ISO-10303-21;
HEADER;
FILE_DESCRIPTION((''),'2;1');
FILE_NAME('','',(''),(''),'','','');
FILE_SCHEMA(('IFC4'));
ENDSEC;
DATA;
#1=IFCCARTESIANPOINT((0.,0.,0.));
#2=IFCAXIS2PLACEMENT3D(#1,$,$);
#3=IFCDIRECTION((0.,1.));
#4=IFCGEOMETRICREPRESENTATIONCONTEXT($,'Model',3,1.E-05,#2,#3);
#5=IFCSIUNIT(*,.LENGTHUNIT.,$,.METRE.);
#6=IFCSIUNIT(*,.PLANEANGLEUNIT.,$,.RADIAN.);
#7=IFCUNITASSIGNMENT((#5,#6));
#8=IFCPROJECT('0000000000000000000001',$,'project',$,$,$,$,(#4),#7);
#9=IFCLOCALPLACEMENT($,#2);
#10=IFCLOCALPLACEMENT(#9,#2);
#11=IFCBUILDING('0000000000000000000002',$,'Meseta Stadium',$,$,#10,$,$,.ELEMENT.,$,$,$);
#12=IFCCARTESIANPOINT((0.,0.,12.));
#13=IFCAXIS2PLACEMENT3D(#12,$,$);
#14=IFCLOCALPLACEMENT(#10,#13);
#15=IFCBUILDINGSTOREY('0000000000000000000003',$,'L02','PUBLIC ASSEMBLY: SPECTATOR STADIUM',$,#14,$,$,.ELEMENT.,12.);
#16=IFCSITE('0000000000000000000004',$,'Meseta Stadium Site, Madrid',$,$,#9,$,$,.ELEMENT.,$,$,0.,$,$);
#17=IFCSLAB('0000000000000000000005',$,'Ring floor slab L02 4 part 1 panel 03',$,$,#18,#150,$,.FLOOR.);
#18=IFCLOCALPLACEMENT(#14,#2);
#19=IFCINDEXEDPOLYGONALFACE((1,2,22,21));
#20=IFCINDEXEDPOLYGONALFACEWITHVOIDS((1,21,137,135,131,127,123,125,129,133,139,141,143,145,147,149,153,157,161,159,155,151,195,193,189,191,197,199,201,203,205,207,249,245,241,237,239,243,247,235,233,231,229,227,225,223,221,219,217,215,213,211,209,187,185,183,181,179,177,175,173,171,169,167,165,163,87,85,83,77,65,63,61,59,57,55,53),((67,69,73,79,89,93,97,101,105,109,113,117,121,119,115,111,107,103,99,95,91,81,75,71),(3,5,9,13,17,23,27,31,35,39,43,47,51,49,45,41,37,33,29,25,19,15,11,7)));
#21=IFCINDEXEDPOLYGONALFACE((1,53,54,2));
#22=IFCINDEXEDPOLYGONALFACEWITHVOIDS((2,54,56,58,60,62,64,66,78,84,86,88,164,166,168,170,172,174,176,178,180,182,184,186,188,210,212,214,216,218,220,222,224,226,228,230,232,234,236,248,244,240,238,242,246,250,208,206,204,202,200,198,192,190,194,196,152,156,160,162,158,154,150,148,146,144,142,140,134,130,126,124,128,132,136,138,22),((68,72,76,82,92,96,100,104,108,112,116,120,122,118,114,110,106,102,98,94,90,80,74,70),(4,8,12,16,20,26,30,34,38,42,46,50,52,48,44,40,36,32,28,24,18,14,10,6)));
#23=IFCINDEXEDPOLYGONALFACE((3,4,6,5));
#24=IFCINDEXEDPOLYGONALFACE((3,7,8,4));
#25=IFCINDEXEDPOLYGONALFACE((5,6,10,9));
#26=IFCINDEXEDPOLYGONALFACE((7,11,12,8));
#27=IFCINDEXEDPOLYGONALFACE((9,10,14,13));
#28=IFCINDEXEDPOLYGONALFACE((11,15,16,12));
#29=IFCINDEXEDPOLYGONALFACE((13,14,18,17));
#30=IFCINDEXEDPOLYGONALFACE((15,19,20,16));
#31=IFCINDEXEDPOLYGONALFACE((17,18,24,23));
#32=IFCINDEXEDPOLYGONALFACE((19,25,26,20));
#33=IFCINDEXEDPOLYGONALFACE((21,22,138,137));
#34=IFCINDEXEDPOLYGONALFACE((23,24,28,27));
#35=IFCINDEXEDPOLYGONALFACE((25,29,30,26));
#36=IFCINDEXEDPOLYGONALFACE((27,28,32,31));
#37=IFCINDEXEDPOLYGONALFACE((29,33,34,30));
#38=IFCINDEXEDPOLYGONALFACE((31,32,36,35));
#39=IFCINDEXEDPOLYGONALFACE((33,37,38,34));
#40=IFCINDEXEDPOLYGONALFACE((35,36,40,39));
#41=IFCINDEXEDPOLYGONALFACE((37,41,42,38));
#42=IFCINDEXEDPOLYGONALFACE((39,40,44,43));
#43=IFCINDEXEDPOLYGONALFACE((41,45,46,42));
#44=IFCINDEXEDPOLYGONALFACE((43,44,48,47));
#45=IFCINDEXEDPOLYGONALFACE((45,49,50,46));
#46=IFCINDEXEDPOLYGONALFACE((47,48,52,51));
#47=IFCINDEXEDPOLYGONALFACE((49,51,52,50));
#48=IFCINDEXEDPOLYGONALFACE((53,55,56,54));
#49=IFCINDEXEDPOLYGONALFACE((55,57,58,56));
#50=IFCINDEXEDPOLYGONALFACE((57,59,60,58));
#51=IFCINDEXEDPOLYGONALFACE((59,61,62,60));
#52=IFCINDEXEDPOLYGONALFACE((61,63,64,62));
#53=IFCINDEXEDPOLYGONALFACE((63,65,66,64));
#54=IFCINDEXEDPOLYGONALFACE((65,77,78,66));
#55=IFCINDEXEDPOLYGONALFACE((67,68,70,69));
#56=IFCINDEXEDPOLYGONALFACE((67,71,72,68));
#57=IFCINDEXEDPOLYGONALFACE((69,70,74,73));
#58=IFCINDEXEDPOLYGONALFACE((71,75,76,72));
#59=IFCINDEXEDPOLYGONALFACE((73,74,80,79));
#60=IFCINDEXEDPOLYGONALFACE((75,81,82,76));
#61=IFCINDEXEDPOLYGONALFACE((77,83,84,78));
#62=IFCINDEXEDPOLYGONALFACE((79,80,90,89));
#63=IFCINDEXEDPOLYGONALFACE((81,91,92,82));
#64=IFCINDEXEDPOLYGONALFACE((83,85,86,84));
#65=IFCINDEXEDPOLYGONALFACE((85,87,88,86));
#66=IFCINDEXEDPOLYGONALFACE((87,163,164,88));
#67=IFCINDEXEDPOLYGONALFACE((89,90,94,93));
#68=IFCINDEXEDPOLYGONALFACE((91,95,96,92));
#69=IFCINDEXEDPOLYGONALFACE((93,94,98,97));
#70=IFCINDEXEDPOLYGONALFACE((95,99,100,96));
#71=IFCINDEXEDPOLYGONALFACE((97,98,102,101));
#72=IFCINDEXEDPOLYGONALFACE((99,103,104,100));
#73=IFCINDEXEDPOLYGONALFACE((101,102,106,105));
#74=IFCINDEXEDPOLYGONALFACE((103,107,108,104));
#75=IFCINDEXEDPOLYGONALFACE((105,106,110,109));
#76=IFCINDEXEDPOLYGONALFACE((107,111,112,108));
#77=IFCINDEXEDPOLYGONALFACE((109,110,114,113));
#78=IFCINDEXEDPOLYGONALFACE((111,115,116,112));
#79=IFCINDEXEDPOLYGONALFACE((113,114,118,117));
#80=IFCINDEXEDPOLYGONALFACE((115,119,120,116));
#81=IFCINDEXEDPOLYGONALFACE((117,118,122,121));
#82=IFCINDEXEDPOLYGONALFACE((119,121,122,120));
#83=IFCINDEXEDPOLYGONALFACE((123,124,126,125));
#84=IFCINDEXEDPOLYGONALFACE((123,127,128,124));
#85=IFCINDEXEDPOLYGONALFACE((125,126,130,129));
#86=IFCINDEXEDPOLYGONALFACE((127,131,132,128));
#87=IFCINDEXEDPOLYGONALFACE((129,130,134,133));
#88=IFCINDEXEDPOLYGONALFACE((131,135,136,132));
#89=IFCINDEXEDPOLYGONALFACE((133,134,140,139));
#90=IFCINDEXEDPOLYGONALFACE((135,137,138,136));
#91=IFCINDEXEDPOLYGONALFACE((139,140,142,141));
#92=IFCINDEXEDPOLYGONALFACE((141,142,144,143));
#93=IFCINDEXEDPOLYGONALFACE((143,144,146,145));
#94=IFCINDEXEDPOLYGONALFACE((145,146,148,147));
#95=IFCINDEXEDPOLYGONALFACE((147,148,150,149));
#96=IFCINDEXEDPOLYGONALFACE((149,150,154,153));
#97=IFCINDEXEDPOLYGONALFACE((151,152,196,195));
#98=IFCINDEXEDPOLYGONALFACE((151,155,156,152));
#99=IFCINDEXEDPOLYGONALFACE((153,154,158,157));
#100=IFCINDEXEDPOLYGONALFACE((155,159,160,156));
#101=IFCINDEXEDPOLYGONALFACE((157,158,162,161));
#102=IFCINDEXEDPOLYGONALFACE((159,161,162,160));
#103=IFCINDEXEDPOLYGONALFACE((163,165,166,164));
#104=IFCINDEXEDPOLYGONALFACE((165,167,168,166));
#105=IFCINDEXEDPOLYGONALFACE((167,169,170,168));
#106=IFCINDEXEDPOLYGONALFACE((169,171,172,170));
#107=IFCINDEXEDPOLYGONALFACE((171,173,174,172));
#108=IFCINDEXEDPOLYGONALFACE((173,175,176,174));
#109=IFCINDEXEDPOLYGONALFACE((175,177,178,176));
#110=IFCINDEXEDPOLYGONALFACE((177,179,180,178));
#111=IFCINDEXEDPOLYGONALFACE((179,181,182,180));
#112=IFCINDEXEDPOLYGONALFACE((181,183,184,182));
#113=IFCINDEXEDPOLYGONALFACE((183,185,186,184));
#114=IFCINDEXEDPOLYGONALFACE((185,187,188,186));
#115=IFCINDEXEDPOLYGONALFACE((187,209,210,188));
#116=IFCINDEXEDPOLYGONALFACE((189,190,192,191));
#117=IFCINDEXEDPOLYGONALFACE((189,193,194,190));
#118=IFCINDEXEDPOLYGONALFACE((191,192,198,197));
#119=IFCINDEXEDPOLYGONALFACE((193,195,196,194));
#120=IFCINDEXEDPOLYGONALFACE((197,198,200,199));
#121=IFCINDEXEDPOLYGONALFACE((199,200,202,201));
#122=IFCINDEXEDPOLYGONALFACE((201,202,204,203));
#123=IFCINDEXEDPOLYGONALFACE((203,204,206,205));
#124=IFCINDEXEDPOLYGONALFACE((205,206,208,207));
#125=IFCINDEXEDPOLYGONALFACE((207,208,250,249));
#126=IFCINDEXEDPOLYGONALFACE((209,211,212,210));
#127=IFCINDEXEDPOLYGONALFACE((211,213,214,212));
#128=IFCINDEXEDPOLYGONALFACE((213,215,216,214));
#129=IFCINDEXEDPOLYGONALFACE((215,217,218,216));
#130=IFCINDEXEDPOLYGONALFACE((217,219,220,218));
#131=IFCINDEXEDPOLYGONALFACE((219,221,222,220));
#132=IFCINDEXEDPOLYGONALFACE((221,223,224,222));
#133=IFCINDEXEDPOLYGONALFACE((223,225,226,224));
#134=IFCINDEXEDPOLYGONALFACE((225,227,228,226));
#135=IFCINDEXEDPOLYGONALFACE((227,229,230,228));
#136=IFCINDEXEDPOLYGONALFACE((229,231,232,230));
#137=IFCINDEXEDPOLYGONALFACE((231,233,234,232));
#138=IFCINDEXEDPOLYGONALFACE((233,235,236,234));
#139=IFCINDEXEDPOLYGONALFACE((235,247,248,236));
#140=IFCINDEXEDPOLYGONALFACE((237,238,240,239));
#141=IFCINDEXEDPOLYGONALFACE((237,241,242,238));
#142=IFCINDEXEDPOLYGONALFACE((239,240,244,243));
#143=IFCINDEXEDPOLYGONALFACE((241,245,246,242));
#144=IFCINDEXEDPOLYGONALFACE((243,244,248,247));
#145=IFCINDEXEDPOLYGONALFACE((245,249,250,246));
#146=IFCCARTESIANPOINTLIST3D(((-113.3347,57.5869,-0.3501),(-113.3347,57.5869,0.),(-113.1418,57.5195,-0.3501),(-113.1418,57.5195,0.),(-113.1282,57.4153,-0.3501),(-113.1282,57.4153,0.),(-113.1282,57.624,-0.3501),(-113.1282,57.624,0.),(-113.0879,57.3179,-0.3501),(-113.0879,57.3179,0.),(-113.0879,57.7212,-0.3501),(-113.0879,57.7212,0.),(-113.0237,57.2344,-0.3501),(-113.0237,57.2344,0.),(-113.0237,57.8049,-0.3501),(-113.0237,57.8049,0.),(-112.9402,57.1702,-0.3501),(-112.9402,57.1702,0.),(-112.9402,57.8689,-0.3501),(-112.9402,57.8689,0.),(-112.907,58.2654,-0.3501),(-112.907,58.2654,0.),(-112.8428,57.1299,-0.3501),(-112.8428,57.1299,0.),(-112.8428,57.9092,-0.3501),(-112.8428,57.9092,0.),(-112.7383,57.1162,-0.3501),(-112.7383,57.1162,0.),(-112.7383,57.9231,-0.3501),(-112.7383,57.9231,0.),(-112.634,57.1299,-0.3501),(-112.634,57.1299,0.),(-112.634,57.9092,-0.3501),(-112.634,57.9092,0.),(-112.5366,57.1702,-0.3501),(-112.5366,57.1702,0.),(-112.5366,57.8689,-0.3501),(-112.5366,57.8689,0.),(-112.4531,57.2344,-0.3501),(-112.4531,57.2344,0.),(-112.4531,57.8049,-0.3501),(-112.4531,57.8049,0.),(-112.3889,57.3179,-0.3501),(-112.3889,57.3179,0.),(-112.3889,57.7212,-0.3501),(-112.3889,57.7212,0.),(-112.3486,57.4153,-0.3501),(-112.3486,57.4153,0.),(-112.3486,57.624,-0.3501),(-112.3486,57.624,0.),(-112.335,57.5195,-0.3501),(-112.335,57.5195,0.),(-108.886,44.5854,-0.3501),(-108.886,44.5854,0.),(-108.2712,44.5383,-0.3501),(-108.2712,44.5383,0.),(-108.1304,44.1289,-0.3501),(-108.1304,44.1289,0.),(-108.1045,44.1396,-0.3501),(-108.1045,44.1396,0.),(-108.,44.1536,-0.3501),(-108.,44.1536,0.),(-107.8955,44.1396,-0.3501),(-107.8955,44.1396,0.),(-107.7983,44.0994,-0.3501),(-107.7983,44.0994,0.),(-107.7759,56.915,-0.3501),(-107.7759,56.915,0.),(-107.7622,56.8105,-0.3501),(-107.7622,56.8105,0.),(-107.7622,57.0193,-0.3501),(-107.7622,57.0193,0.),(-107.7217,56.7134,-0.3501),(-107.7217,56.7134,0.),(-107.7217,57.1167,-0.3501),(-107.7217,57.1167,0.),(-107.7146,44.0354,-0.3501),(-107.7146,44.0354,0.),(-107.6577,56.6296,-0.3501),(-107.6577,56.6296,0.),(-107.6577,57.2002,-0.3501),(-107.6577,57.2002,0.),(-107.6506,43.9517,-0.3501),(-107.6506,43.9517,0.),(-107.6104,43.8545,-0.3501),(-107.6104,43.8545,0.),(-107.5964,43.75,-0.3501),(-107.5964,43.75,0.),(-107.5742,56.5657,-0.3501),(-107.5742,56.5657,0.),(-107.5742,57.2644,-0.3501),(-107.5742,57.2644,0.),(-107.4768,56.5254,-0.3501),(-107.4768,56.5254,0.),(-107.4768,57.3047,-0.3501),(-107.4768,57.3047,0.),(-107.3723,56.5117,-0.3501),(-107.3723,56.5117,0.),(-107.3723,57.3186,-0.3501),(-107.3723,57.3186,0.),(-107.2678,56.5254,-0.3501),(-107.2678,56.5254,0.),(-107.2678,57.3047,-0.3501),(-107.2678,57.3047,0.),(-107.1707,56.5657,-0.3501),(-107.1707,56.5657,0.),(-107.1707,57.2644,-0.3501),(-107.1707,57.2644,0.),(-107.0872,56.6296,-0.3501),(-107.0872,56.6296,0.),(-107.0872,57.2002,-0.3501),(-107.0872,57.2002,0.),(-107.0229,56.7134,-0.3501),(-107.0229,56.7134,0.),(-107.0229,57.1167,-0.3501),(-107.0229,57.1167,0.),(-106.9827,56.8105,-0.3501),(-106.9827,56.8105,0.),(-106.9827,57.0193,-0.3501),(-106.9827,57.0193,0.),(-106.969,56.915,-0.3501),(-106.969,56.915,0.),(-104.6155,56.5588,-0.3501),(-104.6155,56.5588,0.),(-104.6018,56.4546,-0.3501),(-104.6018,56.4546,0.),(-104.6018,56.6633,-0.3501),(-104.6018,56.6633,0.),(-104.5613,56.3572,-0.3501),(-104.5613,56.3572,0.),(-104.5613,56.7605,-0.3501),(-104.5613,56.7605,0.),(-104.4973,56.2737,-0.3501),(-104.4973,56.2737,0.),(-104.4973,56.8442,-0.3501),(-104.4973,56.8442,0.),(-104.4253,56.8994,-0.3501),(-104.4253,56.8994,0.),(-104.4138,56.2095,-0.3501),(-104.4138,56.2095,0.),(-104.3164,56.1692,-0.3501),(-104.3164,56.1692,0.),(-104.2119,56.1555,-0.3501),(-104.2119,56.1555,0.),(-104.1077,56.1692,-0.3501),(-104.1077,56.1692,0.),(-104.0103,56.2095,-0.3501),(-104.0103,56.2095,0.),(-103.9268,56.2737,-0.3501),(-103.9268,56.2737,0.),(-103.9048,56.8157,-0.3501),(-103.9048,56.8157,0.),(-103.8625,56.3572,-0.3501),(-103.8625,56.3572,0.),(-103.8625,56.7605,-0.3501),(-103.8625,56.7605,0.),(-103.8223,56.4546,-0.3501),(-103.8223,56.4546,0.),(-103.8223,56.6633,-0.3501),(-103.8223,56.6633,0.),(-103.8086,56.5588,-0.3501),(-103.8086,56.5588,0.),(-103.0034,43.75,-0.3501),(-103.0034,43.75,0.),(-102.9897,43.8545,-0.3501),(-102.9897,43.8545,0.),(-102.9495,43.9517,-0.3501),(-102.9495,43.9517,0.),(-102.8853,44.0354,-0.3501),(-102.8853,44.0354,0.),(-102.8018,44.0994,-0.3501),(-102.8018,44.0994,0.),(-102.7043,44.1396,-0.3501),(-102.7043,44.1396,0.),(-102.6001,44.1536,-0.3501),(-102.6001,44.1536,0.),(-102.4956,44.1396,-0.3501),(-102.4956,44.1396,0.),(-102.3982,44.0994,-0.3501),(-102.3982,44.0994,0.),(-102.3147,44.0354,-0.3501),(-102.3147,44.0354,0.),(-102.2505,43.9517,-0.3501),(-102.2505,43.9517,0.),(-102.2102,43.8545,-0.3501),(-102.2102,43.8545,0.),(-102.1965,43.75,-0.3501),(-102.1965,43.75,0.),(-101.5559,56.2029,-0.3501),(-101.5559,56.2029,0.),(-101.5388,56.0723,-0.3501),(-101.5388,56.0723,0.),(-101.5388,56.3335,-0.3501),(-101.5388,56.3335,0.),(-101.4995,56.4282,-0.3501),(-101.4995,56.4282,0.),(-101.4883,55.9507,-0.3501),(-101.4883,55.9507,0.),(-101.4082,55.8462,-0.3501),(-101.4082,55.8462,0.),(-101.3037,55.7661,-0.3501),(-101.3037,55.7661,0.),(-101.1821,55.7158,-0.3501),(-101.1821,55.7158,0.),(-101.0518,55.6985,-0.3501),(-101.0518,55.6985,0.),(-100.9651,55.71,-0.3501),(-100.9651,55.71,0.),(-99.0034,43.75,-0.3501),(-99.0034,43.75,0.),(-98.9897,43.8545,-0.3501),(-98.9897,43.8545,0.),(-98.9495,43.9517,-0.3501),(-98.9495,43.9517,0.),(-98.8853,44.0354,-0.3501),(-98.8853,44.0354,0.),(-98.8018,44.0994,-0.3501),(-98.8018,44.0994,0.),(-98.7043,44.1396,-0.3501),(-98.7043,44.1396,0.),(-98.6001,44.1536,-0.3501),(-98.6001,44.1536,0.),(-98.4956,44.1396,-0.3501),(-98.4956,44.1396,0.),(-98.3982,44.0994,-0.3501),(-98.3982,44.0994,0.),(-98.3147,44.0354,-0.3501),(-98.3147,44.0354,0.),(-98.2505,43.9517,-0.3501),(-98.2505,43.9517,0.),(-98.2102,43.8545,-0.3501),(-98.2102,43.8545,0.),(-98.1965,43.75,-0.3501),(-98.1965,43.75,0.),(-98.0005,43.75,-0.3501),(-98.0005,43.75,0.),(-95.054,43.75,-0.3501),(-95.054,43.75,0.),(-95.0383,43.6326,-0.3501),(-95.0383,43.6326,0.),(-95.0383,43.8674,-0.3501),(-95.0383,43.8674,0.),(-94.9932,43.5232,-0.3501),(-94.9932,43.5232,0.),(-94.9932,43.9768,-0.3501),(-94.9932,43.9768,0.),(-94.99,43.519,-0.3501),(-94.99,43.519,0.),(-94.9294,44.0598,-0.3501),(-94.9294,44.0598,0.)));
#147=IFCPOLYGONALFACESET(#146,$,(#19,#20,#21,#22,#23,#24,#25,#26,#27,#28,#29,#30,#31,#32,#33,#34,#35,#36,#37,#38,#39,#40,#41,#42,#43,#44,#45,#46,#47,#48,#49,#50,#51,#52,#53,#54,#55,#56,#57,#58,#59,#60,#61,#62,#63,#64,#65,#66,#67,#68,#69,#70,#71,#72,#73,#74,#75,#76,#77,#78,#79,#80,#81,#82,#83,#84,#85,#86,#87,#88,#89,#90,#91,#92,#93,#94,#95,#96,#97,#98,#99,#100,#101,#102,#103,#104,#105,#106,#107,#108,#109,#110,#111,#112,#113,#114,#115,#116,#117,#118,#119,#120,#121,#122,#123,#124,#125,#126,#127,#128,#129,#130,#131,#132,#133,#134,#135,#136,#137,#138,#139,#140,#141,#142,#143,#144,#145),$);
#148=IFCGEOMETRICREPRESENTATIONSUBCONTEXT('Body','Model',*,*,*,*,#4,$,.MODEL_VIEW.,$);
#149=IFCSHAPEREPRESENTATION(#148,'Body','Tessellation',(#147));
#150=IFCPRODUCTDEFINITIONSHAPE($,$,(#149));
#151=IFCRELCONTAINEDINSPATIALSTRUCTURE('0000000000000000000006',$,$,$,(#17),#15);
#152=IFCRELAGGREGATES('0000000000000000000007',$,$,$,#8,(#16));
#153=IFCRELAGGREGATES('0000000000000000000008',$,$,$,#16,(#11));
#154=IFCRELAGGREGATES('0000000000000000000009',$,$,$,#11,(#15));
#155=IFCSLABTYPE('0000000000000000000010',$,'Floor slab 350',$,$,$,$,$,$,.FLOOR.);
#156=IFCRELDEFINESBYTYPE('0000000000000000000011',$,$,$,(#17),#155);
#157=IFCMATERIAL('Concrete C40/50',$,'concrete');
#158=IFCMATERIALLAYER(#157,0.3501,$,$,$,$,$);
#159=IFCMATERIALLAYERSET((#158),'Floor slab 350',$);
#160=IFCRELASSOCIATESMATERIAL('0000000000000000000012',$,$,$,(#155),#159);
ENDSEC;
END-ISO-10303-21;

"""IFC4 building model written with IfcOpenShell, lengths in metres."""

from ifc_helpers import new_model, si_unit, direction, frame, origin, place, context, subcontext, project, spatial, polyline, outline, extrude, material, layer, layer_set, type_object, element, save


model = new_model("IFC4")

# Units and contexts
model_context = context("Model", 3, precision=1e-05, world=origin(), true_north=direction((0.0, 1.0)))
body_context = subcontext(model_context, "Body", "Model", "MODEL_VIEW")
ifc_project = project(units=[si_unit("LENGTHUNIT", "METRE"), si_unit("PLANEANGLEUNIT", "RADIAN")], contexts=[model_context])

# Site, building, storey
site_placement = place(None, origin())
site = spatial("IfcSite", under=ifc_project, at=site_placement, Name="Meseta Stadium Site, Madrid", CompositionType="ELEMENT", RefElevation=0.0)
building_placement = place(site_placement, origin())
building = spatial("IfcBuilding", under=site, at=building_placement, Name="Meseta Stadium", CompositionType="ELEMENT")
storey_placement = place(building_placement, frame((0.0, 0.0, 12.0)))
storey = spatial("IfcBuildingStorey", under=building, at=storey_placement, Name="L02", Description="PUBLIC ASSEMBLY: SPECTATOR STADIUM", CompositionType="ELEMENT", Elevation=12.0)

# Slab
ifc_material_1 = material(Name="Concrete C40/50", Category="concrete")
ifc_layer_1 = layer(ifc_material_1, 0.3501)
ifc_layer_set_1 = layer_set([ifc_layer_1], Name="Floor slab 350")
slab_type_1 = type_object("IfcSlabType", Name="Floor slab 350", PredefinedType="FLOOR", material=ifc_layer_set_1)
slab_1_placement = place(storey_placement, frame((0.0, 0.0, -0.3501)))
element("IfcSlab", 1, at=slab_1_placement, inside=storey, type_object=slab_type_1, Name="Ring floor slab L02 4 part 1 panel 03", PredefinedType="FLOOR", context=body_context, shape_type="SweptSolid", body=[
    extrude(outline(polyline([(-98.2102, 43.8545), (-98.1965, 43.75), (-98.0005, 43.75), (-94.99, 43.519), (-94.9932, 43.5232), (-95.0383, 43.6326), (-95.054, 43.75), (-95.0383, 43.8674), (-94.9932, 43.9768), (-94.9294, 44.0598), (-100.9651, 55.71), (-101.0518, 55.6985), (-101.1821, 55.7158), (-101.3037, 55.7661), (-101.4082, 55.8462), (-101.4883, 55.9507), (-101.5388, 56.0723), (-101.5559, 56.2029), (-101.5388, 56.3335), (-101.4995, 56.4282), (-103.9048, 56.8157), (-103.8625, 56.7605), (-103.8223, 56.6633), (-103.8086, 56.5588), (-103.8223, 56.4546), (-103.8625, 56.3572), (-103.9268, 56.2737), (-104.0103, 56.2095), (-104.1077, 56.1692), (-104.2119, 56.1555), (-104.3164, 56.1692), (-104.4138, 56.2095), (-104.4973, 56.2737), (-104.5613, 56.3572), (-104.6018, 56.4546), (-104.6155, 56.5588), (-104.6018, 56.6633), (-104.5613, 56.7605), (-104.4973, 56.8442), (-104.4253, 56.8994), (-112.907, 58.2654), (-113.3347, 57.5869), (-108.886, 44.5854), (-108.2712, 44.5383), (-108.1304, 44.1289), (-108.1045, 44.1396), (-108.0, 44.1536), (-107.8955, 44.1396), (-107.7983, 44.0994), (-107.7146, 44.0354), (-107.6506, 43.9517), (-107.6104, 43.8545), (-107.5964, 43.75), (-103.0034, 43.75), (-102.9897, 43.8545), (-102.9495, 43.9517), (-102.8853, 44.0354), (-102.8018, 44.0994), (-102.7043, 44.1396), (-102.6001, 44.1536), (-102.4956, 44.1396), (-102.3982, 44.0994), (-102.3147, 44.0354), (-102.2505, 43.9517), (-102.2102, 43.8545), (-102.1965, 43.75), (-99.0034, 43.75), (-98.9897, 43.8545), (-98.9495, 43.9517), (-98.8853, 44.0354), (-98.8018, 44.0994), (-98.7043, 44.1396), (-98.6001, 44.1536), (-98.4956, 44.1396), (-98.3982, 44.0994), (-98.3147, 44.0354), (-98.2505, 43.9517), (-98.2102, 43.8545)]), holes=[polyline([(-107.5742, 56.5657), (-107.6577, 56.6296), (-107.7217, 56.7134), (-107.7622, 56.8105), (-107.7759, 56.915), (-107.7622, 57.0193), (-107.7217, 57.1167), (-107.6577, 57.2002), (-107.5742, 57.2644), (-107.4768, 57.3047), (-107.3723, 57.3186), (-107.2678, 57.3047), (-107.1707, 57.2644), (-107.0872, 57.2002), (-107.0229, 57.1167), (-106.9827, 57.0193), (-106.969, 56.915), (-106.9827, 56.8105), (-107.0229, 56.7134), (-107.0872, 56.6296), (-107.1707, 56.5657), (-107.2678, 56.5254), (-107.3723, 56.5117), (-107.4768, 56.5254), (-107.5742, 56.5657)]), polyline([(-112.3486, 57.4153), (-112.3889, 57.3179), (-112.4531, 57.2344), (-112.5366, 57.1702), (-112.634, 57.1299), (-112.7383, 57.1162), (-112.8428, 57.1299), (-112.9402, 57.1702), (-113.0237, 57.2344), (-113.0879, 57.3179), (-113.1282, 57.4153), (-113.1418, 57.5195), (-113.1282, 57.624), (-113.0879, 57.7212), (-113.0237, 57.8049), (-112.9402, 57.8689), (-112.8428, 57.9092), (-112.7383, 57.9231), (-112.634, 57.9092), (-112.5366, 57.8689), (-112.4531, 57.8049), (-112.3889, 57.7212), (-112.3486, 57.624), (-112.335, 57.5195), (-112.3486, 57.4153)])]), origin(), (0.0, 0.0, 1.0), 0.3501),
])

save(model, "model.ifc")
